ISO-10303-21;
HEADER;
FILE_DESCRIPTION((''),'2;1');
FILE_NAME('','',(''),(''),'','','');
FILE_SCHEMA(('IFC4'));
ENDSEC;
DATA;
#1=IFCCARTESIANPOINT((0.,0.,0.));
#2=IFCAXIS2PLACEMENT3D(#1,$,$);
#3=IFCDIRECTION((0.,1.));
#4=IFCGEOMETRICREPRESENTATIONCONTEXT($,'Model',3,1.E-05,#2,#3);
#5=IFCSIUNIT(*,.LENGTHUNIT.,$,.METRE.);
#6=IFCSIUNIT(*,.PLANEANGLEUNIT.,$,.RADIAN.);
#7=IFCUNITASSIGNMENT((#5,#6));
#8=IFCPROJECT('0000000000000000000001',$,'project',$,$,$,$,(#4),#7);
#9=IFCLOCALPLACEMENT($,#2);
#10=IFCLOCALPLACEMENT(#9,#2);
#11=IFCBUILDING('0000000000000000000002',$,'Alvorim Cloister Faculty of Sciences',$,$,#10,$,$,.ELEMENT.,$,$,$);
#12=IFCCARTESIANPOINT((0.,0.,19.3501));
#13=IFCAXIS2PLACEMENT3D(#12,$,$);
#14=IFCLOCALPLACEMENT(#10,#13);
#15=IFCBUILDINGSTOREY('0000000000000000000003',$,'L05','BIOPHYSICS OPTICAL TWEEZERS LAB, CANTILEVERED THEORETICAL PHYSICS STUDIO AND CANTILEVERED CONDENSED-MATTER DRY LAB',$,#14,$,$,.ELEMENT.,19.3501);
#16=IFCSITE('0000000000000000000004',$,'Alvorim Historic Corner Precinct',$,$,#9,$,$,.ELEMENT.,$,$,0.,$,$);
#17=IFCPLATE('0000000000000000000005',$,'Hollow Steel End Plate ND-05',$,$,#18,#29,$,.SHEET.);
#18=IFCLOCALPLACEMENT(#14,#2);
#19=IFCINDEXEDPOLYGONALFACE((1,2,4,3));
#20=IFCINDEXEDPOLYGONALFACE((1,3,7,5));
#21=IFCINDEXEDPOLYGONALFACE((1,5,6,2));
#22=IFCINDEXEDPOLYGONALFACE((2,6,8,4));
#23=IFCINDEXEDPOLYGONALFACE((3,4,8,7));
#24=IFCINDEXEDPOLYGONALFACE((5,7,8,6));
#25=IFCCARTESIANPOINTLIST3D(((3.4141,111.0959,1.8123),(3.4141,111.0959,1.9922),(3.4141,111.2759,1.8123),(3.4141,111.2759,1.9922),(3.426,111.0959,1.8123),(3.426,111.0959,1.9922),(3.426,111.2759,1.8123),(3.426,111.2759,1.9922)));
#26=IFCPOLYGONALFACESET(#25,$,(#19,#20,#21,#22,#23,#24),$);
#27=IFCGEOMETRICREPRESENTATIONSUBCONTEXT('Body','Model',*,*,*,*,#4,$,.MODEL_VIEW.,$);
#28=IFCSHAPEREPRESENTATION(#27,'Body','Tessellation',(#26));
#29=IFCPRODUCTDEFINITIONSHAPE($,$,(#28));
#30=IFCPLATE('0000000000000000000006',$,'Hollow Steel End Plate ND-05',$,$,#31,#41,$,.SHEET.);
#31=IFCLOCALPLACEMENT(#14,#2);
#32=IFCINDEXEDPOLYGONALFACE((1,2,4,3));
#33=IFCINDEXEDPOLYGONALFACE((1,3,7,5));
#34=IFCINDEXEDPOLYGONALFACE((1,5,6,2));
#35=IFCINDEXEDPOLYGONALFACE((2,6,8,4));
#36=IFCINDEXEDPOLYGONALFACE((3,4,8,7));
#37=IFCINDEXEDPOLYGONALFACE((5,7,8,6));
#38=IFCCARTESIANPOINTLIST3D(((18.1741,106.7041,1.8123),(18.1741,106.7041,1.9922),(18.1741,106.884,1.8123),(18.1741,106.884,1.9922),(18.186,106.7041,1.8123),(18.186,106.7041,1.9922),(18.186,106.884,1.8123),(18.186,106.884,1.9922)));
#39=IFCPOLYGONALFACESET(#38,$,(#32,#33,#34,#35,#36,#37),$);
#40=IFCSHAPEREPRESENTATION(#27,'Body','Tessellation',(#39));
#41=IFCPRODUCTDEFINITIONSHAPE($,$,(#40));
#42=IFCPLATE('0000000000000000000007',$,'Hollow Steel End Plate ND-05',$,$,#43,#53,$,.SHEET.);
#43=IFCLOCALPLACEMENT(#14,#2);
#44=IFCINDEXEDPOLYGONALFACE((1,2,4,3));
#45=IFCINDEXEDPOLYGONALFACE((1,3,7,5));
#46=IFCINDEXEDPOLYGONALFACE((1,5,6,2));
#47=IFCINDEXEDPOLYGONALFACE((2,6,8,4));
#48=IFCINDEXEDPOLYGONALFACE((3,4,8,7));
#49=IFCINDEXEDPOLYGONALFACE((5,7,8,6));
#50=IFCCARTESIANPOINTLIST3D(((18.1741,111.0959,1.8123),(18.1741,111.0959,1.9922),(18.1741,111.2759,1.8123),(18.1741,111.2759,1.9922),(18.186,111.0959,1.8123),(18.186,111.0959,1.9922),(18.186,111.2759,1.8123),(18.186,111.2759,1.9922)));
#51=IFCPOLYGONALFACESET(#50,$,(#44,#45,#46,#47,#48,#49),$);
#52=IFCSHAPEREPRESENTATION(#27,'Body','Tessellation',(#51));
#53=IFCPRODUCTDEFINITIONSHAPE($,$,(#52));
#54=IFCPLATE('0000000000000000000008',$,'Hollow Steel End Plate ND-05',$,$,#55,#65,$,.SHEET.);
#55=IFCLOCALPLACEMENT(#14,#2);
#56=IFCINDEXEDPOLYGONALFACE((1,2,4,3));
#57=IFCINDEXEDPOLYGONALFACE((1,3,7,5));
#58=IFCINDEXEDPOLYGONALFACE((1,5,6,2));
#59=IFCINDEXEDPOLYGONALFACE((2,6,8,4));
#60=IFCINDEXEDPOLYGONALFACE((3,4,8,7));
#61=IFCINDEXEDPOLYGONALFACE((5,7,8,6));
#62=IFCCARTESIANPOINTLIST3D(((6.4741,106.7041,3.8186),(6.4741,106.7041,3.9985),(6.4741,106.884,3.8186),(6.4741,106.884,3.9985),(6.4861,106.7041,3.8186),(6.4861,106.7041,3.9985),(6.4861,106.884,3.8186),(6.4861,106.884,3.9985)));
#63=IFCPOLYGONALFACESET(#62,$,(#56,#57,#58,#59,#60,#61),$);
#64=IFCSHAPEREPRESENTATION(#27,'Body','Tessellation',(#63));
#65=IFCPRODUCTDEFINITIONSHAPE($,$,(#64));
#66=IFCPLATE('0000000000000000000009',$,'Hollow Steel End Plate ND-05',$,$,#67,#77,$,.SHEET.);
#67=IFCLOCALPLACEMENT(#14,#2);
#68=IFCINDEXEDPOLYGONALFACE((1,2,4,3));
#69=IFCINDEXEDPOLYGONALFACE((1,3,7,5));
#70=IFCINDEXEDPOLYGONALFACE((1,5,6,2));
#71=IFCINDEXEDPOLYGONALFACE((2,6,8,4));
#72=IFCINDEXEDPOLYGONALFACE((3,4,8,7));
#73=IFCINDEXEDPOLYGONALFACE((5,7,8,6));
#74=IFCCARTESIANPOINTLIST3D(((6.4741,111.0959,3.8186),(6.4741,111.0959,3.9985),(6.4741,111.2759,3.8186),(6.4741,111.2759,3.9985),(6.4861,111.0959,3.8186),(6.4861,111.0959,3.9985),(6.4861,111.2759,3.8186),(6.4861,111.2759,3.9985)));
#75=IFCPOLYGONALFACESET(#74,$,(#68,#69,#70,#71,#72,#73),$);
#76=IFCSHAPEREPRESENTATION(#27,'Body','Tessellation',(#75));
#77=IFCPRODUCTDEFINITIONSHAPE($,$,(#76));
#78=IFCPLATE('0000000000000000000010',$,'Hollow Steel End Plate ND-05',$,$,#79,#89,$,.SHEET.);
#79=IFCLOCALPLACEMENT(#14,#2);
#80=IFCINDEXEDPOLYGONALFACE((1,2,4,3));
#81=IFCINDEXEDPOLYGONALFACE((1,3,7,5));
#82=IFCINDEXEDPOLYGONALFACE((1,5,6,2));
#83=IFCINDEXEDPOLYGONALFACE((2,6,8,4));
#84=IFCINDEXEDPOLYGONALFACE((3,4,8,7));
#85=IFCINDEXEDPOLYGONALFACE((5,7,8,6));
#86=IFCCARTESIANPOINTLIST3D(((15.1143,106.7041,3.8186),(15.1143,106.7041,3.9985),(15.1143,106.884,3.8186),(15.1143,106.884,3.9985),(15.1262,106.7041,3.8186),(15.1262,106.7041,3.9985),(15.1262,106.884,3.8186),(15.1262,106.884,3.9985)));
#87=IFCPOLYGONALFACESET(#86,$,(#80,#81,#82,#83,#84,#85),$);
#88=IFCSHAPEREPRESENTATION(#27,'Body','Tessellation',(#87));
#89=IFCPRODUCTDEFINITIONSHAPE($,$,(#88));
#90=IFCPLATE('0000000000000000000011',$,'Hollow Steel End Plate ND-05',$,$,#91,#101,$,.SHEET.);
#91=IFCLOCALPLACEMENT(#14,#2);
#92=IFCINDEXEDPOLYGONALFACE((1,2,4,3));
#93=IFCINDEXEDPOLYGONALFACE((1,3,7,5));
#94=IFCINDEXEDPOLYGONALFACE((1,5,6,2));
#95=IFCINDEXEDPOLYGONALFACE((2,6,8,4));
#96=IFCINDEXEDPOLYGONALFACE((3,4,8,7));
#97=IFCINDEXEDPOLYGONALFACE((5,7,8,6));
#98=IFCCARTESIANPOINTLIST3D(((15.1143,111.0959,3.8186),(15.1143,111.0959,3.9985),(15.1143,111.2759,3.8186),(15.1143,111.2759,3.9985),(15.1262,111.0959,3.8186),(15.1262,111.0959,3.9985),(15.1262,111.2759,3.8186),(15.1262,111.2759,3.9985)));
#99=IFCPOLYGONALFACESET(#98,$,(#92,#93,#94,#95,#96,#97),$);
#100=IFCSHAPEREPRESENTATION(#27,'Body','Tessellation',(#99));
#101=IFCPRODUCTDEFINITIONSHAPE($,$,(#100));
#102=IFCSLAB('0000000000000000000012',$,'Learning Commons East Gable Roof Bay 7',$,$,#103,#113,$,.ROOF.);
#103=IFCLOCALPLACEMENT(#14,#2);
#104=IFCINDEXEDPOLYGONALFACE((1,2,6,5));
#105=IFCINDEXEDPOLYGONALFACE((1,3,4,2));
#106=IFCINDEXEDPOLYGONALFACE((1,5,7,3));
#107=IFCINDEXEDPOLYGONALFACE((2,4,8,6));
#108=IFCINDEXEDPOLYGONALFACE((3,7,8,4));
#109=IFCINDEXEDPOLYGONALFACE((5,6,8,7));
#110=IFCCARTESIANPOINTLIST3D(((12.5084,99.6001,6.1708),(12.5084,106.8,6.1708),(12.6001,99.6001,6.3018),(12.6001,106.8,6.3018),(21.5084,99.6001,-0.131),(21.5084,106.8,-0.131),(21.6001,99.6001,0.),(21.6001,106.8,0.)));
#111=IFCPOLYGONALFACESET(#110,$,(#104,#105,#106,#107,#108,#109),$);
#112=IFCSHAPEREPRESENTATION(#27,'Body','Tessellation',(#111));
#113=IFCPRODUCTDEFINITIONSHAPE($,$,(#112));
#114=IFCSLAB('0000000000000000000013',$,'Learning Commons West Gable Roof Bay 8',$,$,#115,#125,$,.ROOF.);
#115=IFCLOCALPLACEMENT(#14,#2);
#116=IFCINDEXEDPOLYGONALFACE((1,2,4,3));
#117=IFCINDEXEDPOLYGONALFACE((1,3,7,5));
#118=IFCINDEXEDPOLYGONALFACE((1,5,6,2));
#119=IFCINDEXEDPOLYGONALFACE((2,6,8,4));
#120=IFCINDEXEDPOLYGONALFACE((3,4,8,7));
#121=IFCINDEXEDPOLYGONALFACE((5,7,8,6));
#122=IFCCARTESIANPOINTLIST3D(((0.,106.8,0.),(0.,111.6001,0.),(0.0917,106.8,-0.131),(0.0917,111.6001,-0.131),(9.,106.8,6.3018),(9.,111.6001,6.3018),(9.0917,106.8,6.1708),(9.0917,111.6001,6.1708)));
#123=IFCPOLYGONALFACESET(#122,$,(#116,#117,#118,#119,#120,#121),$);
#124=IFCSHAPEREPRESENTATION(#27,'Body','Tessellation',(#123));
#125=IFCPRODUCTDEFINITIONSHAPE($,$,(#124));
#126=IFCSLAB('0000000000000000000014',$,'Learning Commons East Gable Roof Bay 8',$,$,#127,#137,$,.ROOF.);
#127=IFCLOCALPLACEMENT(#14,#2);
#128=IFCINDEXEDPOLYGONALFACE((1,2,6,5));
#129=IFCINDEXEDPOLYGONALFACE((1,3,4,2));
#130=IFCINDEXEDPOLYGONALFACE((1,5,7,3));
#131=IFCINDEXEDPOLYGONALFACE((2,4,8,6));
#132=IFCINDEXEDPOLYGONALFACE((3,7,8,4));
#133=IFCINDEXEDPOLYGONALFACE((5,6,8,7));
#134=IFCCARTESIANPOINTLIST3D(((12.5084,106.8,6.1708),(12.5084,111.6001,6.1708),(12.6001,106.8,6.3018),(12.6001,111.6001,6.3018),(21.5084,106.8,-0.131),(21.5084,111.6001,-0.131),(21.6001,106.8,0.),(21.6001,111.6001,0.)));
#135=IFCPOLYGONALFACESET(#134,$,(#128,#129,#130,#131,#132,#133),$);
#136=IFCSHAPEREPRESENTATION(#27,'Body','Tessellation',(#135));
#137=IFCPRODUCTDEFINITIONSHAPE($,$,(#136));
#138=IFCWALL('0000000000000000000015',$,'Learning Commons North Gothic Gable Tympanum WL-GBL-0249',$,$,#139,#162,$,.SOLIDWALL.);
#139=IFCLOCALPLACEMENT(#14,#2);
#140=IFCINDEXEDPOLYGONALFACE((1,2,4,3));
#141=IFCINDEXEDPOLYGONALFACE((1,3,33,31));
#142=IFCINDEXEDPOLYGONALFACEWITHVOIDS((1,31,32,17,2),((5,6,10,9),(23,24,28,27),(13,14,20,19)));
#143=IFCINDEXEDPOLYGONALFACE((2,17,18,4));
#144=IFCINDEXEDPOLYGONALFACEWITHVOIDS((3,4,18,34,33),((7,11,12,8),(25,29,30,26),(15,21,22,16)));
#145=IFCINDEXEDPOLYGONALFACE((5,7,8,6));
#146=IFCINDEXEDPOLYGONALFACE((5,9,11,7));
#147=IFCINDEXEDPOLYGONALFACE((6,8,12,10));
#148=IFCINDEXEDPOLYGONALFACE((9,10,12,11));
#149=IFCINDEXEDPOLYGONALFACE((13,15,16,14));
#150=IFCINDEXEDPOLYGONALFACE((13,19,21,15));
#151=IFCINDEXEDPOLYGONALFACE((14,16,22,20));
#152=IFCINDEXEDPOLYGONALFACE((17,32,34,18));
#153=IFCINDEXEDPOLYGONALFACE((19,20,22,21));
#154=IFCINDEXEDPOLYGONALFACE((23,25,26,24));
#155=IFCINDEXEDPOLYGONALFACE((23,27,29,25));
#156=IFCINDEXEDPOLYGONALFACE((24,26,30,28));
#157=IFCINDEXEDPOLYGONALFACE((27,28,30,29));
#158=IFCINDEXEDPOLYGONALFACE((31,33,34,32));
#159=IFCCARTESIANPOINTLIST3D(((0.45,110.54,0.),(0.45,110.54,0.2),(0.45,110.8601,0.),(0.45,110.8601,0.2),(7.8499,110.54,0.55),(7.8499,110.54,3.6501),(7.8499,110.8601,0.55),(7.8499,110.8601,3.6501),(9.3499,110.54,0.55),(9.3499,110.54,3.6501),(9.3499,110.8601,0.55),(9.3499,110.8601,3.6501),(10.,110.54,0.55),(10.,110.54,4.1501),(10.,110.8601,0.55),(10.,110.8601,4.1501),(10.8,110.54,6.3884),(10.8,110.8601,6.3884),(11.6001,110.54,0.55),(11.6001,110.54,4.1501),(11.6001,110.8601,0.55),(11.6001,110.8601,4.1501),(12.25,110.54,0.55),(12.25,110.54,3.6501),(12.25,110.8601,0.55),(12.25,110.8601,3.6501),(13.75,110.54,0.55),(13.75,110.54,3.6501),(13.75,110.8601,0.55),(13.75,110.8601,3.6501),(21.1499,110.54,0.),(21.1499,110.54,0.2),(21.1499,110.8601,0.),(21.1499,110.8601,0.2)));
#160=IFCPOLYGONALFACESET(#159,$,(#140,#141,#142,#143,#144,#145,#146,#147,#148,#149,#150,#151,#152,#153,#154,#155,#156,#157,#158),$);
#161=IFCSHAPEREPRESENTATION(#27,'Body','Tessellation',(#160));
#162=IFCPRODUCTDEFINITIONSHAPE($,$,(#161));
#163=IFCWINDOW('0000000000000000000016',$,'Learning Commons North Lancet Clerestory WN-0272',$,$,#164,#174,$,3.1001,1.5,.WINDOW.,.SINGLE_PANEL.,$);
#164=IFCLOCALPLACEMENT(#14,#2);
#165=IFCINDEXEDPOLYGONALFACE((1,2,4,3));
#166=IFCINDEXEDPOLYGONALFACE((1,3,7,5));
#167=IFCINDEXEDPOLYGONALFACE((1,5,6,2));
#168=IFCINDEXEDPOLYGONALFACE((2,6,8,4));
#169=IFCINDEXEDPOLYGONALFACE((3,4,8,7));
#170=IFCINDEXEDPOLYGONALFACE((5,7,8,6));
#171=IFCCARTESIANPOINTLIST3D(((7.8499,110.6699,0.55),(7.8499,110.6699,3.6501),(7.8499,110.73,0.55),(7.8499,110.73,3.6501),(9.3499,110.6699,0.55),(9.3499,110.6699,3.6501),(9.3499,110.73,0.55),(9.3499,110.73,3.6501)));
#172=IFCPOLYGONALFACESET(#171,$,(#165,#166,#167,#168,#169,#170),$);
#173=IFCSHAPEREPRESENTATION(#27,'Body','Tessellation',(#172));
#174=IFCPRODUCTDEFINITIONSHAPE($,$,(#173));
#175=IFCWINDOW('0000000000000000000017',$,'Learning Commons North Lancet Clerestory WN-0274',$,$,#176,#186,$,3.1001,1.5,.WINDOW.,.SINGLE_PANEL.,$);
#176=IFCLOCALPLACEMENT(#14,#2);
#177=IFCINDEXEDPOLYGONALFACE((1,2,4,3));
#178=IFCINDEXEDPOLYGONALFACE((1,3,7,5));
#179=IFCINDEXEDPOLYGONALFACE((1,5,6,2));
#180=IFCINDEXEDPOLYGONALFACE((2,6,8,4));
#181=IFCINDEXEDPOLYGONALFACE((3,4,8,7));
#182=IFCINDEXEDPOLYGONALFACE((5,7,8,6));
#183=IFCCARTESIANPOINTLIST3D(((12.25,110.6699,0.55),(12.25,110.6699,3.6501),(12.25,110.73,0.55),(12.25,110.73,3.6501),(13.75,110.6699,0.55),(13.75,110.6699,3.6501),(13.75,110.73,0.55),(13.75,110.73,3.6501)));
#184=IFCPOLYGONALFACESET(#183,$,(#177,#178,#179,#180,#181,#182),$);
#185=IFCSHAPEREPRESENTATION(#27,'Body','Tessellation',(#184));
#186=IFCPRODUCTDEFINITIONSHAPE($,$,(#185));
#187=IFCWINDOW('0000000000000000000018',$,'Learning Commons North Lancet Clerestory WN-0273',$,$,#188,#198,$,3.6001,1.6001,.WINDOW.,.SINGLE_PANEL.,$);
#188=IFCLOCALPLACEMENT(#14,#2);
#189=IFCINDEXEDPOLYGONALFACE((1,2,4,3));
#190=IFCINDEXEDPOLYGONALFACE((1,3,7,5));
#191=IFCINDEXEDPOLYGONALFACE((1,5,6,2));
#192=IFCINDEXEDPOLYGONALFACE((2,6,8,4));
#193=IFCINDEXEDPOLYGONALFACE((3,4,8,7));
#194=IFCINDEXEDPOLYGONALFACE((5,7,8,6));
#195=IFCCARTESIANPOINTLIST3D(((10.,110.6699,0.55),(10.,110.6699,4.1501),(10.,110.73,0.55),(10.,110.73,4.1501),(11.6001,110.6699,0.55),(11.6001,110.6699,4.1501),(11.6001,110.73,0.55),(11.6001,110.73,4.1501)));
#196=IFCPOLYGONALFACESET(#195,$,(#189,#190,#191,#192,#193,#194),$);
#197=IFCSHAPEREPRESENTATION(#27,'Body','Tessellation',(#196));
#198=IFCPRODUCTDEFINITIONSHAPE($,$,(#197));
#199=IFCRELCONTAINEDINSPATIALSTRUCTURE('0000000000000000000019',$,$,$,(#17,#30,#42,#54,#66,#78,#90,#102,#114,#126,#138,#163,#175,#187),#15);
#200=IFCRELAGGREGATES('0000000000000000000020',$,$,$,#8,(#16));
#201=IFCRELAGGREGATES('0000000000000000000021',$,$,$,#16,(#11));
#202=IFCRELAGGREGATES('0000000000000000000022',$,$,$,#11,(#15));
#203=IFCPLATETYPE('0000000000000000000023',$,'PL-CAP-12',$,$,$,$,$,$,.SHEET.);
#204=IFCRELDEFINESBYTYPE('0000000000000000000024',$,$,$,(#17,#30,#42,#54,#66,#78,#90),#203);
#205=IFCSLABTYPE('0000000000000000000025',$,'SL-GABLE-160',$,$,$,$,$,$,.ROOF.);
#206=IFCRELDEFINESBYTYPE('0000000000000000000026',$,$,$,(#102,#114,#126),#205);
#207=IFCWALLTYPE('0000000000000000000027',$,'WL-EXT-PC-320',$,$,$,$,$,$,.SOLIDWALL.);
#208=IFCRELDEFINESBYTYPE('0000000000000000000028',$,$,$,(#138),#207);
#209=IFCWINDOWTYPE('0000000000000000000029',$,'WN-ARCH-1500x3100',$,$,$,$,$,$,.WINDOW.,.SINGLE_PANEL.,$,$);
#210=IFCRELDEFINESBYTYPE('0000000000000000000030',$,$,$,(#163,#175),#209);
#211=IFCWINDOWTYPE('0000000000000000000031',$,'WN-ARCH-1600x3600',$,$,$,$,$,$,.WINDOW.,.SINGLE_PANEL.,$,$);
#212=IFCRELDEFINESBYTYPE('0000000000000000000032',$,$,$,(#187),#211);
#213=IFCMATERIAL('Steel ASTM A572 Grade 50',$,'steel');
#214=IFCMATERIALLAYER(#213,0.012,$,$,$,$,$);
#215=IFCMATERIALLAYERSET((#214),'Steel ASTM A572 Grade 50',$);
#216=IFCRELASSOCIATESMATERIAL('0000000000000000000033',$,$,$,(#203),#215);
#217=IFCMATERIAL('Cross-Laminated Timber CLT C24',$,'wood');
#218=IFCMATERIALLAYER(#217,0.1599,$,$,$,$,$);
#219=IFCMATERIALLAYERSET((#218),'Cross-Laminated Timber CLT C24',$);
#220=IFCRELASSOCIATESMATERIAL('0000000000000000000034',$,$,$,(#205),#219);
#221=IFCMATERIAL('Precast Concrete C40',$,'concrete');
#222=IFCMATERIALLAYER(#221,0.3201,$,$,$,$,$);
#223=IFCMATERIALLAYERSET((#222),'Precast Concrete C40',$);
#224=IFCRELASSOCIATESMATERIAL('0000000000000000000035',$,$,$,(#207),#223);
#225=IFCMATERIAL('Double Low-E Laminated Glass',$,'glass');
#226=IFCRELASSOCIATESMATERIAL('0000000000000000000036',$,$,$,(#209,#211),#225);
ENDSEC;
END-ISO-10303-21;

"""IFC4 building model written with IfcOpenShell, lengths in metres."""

from ifc_helpers import new_model, si_unit, direction, frame, frame_2d, origin, place, context, subcontext, project, spatial, polyline, rectangle, outline, extrude, material, layer, layer_set, type_object, element, fill, save


model = new_model("IFC4")

# Units and contexts
model_context = context("Model", 3, precision=1e-05, world=origin(), true_north=direction((0.0, 1.0)))
body_context = subcontext(model_context, "Body", "Model", "MODEL_VIEW")
ifc_project = project(units=[si_unit("LENGTHUNIT", "METRE"), si_unit("PLANEANGLEUNIT", "RADIAN")], contexts=[model_context])

# Site, building, storey
site_placement = place(None, origin())
site = spatial("IfcSite", under=ifc_project, at=site_placement, Name="Alvorim Historic Corner Precinct", CompositionType="ELEMENT", RefElevation=0.0)
building_placement = place(site_placement, origin())
building = spatial("IfcBuilding", under=site, at=building_placement, Name="Alvorim Cloister Faculty of Sciences", CompositionType="ELEMENT")
storey_placement = place(building_placement, frame((0.0, 0.0, 19.3501)))
storey = spatial("IfcBuildingStorey", under=building, at=storey_placement, Name="L05", Description="BIOPHYSICS OPTICAL TWEEZERS LAB, CANTILEVERED THEORETICAL PHYSICS STUDIO AND CANTILEVERED CONDENSED-MATTER DRY LAB", CompositionType="ELEMENT", Elevation=19.3501)

# Shared definitions
ifc_material_1 = material(Name="Steel ASTM A572 Grade 50", Category="steel")

# Plates
ifc_layer_1 = layer(ifc_material_1, 0.012)
ifc_layer_set_1 = layer_set([ifc_layer_1], Name="Steel ASTM A572 Grade 50")
plate_type = type_object("IfcPlateType", Name="PL-CAP-12", PredefinedType="SHEET", material=ifc_layer_set_1)
for number, where, z_axis, x_axis, name in (
    (1, (3.4199, 111.0959, 1.8123), (0.0, 0.0, 1.0), (0.0, 1.0, 0.0), "Hollow Steel End Plate ND-05"),
    (2, (18.1799, 106.7041, 1.8123), (0.0, 0.0, 1.0), (0.0, 1.0, 0.0), "Hollow Steel End Plate ND-05"),
    (3, (18.1799, 111.0959, 1.8123), (0.0, 0.0, 1.0), (0.0, 1.0, 0.0), "Hollow Steel End Plate ND-05"),
    (4, (6.48, 106.7041, 3.8186), (0.0, 0.0, 1.0), (0.0, 1.0, 0.0), "Hollow Steel End Plate ND-05"),
    (5, (6.48, 111.0959, 3.8186), (0.0, 0.0, 1.0), (0.0, 1.0, 0.0), "Hollow Steel End Plate ND-05"),
    (6, (15.1201, 106.7041, 3.8186), (0.0, 0.0, 1.0), (0.0, 1.0, 0.0), "Hollow Steel End Plate ND-05"),
    (7, (15.1201, 111.0959, 3.8186), (0.0, 0.0, 1.0), (0.0, 1.0, 0.0), "Hollow Steel End Plate ND-05"),
):
    element("IfcPlate", number, at=place(storey_placement, frame(where, z_axis=z_axis, x_axis=x_axis)), inside=storey, type_object=plate_type, Name=name, PredefinedType="SHEET", context=body_context, shape_type="SweptSolid", body=[
        extrude(outline(polyline([(0.0, 0.0), (0.1799, 0.0), (0.1799, 0.1799), (0.0, 0.1799), (0.0, 0.0)])), frame((0.0, 0.0059, 0.0), z_axis=(0.0, -1.0, 0.0), x_axis=(1.0, 0.0, 0.0)), (0.0, 0.0, 1.0), 0.012),
    ])

# Slabs
ifc_material_2 = material(Name="Cross-Laminated Timber CLT C24", Category="wood")
ifc_layer_2 = layer(ifc_material_2, 0.1599)
ifc_layer_set_2 = layer_set([ifc_layer_2], Name="Cross-Laminated Timber CLT C24")
slab_type = type_object("IfcSlabType", Name="SL-GABLE-160", PredefinedType="ROOF", material=ifc_layer_set_2)
slab_placement = place(storey_placement, frame((12.6001, 99.6001, 6.3018), z_axis=(0.57357, 0.0, 0.819157), x_axis=(0.819157, 0.0, -0.57357)))
element("IfcSlab", 8, at=slab_placement, inside=storey, type_object=slab_type, Name="Learning Commons East Gable Roof Bay 7", PredefinedType="ROOF", context=body_context, shape_type="SweptSolid", body=[
    extrude(outline(polyline([(0.0, 0.0), (10.9869, 0.0), (10.9869, 7.2), (0.0, 7.2), (0.0, 0.0)])), origin(), (0.0, 0.0, -1.0), 0.1599),
])
for number, where, z_axis, x_axis, name in (
    (9, (0.0, 106.8, 0.0), (-0.57357, 0.0, 0.819157), (0.819157, 0.0, 0.57357), "Learning Commons West Gable Roof Bay 8"),
    (10, (12.6001, 106.8, 6.3018), (0.57357, 0.0, 0.819157), (0.819157, 0.0, -0.57357), "Learning Commons East Gable Roof Bay 8"),
):
    element("IfcSlab", number, at=place(storey_placement, frame(where, z_axis=z_axis, x_axis=x_axis)), inside=storey, type_object=slab_type, Name=name, PredefinedType="ROOF", context=body_context, shape_type="SweptSolid", body=[
        extrude(outline(polyline([(0.0, 0.0), (10.9869, 0.0), (10.9869, 4.8), (0.0, 4.8), (0.0, 0.0)])), origin(), (0.0, 0.0, -1.0), 0.1599),
    ])

# Wall, openings, windows
ifc_material_3 = material(Name="Precast Concrete C40", Category="concrete")
ifc_layer_3 = layer(ifc_material_3, 0.3201)
ifc_layer_set_3 = layer_set([ifc_layer_3], Name="Precast Concrete C40")
wall_type = type_object("IfcWallType", Name="WL-EXT-PC-320", PredefinedType="SOLIDWALL", material=ifc_layer_set_3)
wall_placement = place(storey_placement, frame((0.45, 110.7, 0.0), z_axis=(0.0, 0.0, 1.0), x_axis=(1.0, 0.0, 0.0)))
wall = element("IfcWall", 11, at=wall_placement, inside=storey, type_object=wall_type, Name="Learning Commons North Gothic Gable Tympanum WL-GBL-0249", PredefinedType="SOLIDWALL", context=body_context, shape_type="SweptSolid", body=[
    extrude(outline(polyline([(0.0, 0.0), (20.7, 0.0), (20.7, 0.2), (10.3501, 6.3884), (0.0, 0.2), (0.0, 0.0)])), frame((0.0, 0.1602, 0.0), z_axis=(0.0, -1.0, 0.0), x_axis=(1.0, 0.0, 0.0)), (0.0, 0.0, 1.0), 0.3201),
])
opening_1_placement = place(wall_placement, frame((7.3999, 0.0, 0.55)))
opening_1 = element("IfcOpeningElement", 12, at=opening_1_placement, cuts=wall, PredefinedType="OPENING", context=body_context, shape_type="SweptSolid", body=[
    extrude(rectangle(XDim=1.5, YDim=3.1001, at=frame_2d((0.75, 1.55))), frame((0.0, 0.1719, 0.0), z_axis=(0.0, -1.0, 0.0), x_axis=(1.0, 0.0, 0.0)), (0.0, 0.0, 1.0), 0.344),
])
opening_2_placement = place(wall_placement, frame((9.55, 0.0, 0.55)))
opening_2 = element("IfcOpeningElement", 13, at=opening_2_placement, cuts=wall, PredefinedType="OPENING", context=body_context, shape_type="SweptSolid", body=[
    extrude(rectangle(XDim=1.6001, YDim=3.6001, at=frame_2d((0.8, 1.8))), frame((0.0, 0.1719, 0.0), z_axis=(0.0, -1.0, 0.0), x_axis=(1.0, 0.0, 0.0)), (0.0, 0.0, 1.0), 0.344),
])
opening_3_placement = place(wall_placement, frame((11.8, 0.0, 0.55)))
opening_3 = element("IfcOpeningElement", 14, at=opening_3_placement, cuts=wall, PredefinedType="OPENING", context=body_context, shape_type="SweptSolid", body=[
    extrude(rectangle(XDim=1.5, YDim=3.1001, at=frame_2d((0.75, 1.55))), frame((0.0, 0.1719, 0.0), z_axis=(0.0, -1.0, 0.0), x_axis=(1.0, 0.0, 0.0)), (0.0, 0.0, 1.0), 0.344),
])
ifc_material_4 = material(Name="Double Low-E Laminated Glass", Category="glass")
window_type_1 = type_object("IfcWindowType", Name="WN-ARCH-1500x3100", PartitioningType="SINGLE_PANEL", PredefinedType="WINDOW", material=ifc_material_4)
window_1_placement = place(opening_1_placement, origin())
window_1 = element("IfcWindow", 15, at=window_1_placement, inside=storey, type_object=window_type_1, Name="Learning Commons North Lancet Clerestory WN-0272", OverallHeight=3.1001, OverallWidth=1.5, PartitioningType="SINGLE_PANEL", PredefinedType="WINDOW", context=body_context, shape_type="SweptSolid", body=[
    extrude(rectangle(XDim=1.5, YDim=3.1001, at=frame_2d((0.75, 1.55))), frame((0.0, 0.03, 0.0), z_axis=(0.0, -1.0, 0.0), x_axis=(1.0, 0.0, 0.0)), (0.0, 0.0, 1.0), 0.0601),
])
fill(opening_1, window_1)
window_2_placement = place(opening_3_placement, origin())
window_2 = element("IfcWindow", 16, at=window_2_placement, inside=storey, type_object=window_type_1, Name="Learning Commons North Lancet Clerestory WN-0274", OverallHeight=3.1001, OverallWidth=1.5, PartitioningType="SINGLE_PANEL", PredefinedType="WINDOW", context=body_context, shape_type="SweptSolid", body=[
    extrude(rectangle(XDim=1.5, YDim=3.1001, at=frame_2d((0.75, 1.55))), frame((0.0, 0.03, 0.0), z_axis=(0.0, -1.0, 0.0), x_axis=(1.0, 0.0, 0.0)), (0.0, 0.0, 1.0), 0.0601),
])
fill(opening_3, window_2)
window_type_2 = type_object("IfcWindowType", Name="WN-ARCH-1600x3600", PartitioningType="SINGLE_PANEL", PredefinedType="WINDOW", material=ifc_material_4)
window_3_placement = place(opening_2_placement, origin())
window_3 = element("IfcWindow", 17, at=window_3_placement, inside=storey, type_object=window_type_2, Name="Learning Commons North Lancet Clerestory WN-0273", OverallHeight=3.6001, OverallWidth=1.6001, PartitioningType="SINGLE_PANEL", PredefinedType="WINDOW", context=body_context, shape_type="SweptSolid", body=[
    extrude(rectangle(XDim=1.6001, YDim=3.6001, at=frame_2d((0.8, 1.8))), frame((0.0, 0.03, 0.0), z_axis=(0.0, -1.0, 0.0), x_axis=(1.0, 0.0, 0.0)), (0.0, 0.0, 1.0), 0.0601),
])
fill(opening_2, window_3)

save(model, "model.ifc")
